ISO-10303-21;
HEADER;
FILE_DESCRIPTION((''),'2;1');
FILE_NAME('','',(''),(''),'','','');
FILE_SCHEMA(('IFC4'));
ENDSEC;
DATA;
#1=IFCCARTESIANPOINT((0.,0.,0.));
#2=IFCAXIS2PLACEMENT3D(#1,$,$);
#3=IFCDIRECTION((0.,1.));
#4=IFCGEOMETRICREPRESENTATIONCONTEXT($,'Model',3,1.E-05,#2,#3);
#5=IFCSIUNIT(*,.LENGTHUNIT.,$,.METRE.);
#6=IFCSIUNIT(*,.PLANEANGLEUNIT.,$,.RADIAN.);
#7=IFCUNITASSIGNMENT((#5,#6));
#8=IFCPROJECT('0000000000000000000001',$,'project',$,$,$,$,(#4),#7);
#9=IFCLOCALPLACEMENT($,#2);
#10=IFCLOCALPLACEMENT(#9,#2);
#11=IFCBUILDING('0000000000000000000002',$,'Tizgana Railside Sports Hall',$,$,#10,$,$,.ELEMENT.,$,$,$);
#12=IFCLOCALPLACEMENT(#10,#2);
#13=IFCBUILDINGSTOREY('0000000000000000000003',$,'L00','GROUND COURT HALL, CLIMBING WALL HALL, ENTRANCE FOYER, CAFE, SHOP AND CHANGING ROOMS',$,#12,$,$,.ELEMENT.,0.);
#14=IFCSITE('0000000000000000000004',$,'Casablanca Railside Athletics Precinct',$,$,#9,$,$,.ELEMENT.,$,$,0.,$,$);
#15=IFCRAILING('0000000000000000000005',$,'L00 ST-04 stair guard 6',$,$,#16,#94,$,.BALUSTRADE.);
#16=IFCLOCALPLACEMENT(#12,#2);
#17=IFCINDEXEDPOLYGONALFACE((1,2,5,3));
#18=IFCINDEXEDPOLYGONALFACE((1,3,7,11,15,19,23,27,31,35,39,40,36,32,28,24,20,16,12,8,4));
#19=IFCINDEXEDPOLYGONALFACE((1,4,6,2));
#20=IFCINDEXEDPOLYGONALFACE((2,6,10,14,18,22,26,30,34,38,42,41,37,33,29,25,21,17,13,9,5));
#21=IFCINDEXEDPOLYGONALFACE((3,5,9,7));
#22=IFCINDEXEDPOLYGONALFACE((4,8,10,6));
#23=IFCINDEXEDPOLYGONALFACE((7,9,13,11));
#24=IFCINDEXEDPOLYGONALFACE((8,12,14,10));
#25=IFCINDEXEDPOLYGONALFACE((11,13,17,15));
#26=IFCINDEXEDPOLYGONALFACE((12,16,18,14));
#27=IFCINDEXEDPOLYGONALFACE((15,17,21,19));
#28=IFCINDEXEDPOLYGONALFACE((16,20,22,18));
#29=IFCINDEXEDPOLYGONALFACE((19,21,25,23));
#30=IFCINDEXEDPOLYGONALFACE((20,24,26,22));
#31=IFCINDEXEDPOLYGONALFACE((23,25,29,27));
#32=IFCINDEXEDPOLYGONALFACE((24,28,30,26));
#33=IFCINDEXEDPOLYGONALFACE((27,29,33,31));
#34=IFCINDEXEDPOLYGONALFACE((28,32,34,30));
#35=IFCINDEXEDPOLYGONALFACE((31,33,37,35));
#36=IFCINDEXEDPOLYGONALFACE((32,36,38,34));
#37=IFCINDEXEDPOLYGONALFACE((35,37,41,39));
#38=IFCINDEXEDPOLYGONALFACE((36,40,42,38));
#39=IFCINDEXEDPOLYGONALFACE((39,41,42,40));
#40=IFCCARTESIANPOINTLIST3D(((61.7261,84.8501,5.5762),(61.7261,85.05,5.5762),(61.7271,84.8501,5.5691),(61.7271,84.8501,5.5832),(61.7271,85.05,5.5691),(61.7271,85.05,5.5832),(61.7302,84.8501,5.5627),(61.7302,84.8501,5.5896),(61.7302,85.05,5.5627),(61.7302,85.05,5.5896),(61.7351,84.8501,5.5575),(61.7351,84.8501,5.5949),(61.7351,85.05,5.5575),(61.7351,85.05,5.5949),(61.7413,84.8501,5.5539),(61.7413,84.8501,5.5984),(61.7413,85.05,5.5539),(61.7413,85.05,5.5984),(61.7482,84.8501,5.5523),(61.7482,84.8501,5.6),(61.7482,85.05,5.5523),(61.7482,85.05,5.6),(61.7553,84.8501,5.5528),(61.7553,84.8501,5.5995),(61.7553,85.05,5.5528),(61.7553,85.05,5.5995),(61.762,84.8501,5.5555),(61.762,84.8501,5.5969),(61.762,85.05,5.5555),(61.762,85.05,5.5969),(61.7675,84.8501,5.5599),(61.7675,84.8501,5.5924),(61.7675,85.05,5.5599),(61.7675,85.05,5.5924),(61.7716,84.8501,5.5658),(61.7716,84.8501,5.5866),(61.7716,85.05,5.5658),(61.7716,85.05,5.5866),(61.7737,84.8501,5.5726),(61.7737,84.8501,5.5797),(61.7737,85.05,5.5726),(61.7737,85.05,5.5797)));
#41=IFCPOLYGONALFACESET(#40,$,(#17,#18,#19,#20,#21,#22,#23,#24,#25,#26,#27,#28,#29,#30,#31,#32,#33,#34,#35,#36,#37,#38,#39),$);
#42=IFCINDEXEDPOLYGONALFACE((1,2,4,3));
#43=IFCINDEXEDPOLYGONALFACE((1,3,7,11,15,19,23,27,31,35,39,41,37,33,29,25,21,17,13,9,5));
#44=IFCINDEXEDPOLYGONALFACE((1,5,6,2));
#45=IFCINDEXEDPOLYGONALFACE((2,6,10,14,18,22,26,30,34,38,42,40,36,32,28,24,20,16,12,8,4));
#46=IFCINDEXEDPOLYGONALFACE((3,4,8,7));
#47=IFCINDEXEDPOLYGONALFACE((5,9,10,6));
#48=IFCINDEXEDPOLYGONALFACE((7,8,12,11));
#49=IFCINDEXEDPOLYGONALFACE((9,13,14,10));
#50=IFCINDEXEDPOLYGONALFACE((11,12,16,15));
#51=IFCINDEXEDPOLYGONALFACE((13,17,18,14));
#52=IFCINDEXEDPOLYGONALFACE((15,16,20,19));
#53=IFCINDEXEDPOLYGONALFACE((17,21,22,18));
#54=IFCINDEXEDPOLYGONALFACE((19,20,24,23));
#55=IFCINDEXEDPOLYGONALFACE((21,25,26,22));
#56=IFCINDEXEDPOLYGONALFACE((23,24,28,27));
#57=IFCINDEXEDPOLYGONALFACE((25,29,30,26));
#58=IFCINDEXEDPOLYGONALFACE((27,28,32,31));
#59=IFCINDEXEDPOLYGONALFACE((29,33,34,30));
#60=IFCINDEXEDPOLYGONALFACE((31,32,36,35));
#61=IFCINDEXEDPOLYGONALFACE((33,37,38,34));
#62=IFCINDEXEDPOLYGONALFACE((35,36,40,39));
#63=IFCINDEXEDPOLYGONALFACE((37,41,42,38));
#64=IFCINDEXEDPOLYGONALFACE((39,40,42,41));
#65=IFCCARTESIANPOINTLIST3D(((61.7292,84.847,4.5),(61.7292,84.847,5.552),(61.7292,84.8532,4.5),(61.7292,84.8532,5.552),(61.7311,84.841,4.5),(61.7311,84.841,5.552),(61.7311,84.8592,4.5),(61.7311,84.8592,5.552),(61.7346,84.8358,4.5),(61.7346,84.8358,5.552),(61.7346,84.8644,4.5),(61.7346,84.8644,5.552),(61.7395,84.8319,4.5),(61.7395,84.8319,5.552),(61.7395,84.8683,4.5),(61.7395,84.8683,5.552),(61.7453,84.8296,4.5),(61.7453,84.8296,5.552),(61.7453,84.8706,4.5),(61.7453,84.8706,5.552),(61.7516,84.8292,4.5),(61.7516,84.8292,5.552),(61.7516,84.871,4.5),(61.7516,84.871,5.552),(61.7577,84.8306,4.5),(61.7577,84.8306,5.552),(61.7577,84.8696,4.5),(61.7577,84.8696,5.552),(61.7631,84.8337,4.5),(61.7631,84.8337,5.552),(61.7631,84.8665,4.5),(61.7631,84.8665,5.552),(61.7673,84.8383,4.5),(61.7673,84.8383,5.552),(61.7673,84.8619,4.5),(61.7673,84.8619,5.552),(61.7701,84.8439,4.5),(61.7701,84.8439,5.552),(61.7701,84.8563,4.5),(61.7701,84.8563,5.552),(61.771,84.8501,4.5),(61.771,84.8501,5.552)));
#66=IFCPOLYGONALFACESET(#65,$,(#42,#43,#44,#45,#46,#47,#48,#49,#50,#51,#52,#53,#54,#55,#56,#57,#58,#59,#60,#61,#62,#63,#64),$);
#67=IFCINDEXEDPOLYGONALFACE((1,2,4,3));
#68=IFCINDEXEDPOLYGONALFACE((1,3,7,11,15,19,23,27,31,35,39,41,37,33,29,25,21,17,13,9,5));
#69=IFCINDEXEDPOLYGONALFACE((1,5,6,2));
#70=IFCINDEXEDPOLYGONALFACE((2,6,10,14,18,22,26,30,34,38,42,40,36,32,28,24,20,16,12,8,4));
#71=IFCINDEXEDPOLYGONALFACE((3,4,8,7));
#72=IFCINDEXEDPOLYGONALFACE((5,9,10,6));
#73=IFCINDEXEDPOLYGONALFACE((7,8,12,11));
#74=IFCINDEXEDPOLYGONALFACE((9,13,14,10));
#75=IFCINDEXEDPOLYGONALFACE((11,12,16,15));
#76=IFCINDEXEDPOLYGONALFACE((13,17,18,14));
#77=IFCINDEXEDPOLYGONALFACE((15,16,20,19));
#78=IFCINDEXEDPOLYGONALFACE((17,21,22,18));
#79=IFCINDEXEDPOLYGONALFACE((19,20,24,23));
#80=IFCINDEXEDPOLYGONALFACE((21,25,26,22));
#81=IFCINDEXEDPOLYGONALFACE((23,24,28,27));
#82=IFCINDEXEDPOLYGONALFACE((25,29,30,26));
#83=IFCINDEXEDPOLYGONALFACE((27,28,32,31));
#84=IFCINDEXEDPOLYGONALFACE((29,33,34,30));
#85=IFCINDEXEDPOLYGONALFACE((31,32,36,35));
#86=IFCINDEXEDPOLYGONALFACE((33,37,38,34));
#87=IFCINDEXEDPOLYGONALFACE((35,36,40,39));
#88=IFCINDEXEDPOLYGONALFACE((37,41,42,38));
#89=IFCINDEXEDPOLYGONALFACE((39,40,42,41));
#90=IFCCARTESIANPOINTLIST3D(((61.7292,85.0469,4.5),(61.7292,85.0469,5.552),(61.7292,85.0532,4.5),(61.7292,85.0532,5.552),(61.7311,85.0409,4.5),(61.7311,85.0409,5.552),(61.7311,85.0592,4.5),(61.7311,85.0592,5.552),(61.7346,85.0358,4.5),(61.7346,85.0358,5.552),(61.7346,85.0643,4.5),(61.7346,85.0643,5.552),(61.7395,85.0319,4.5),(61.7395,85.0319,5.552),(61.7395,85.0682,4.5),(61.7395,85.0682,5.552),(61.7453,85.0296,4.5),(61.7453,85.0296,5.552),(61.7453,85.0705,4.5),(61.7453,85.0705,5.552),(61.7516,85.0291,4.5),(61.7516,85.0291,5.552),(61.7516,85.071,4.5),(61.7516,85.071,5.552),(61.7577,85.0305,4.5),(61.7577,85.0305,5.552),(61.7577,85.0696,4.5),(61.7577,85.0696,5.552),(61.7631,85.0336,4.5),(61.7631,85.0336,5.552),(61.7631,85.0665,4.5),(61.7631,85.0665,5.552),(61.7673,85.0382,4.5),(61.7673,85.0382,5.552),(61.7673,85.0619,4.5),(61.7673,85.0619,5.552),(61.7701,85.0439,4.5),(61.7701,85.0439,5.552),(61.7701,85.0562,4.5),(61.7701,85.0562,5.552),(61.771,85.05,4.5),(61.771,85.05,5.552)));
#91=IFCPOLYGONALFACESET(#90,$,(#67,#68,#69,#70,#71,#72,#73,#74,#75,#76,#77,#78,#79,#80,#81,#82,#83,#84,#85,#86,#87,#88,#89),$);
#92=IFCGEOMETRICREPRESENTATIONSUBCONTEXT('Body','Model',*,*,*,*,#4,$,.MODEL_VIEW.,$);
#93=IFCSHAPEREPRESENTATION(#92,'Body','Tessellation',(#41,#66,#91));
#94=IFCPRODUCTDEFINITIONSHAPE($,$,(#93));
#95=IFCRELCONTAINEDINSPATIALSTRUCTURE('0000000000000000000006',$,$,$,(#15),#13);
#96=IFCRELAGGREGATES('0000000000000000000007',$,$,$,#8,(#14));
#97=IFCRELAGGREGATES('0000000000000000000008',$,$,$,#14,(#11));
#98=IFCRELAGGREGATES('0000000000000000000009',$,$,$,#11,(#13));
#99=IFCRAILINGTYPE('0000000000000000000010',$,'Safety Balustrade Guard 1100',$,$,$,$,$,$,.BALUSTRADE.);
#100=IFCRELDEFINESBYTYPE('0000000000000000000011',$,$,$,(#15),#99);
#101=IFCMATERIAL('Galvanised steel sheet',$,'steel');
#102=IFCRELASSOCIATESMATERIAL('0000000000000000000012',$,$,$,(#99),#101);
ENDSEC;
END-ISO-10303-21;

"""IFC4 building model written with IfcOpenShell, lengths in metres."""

from ifc_helpers import new_model, si_unit, direction, frame, origin, origin_2d, place, context, subcontext, project, spatial, circle, extrude, material, type_object, element, save


model = new_model("IFC4")

# Units and contexts
model_context = context("Model", 3, precision=1e-05, world=origin(), true_north=direction((0.0, 1.0)))
body_context = subcontext(model_context, "Body", "Model", "MODEL_VIEW")
ifc_project = project(units=[si_unit("LENGTHUNIT", "METRE"), si_unit("PLANEANGLEUNIT", "RADIAN")], contexts=[model_context])

# Site, building, storey
site_placement = place(None, origin())
site = spatial("IfcSite", under=ifc_project, at=site_placement, Name="Casablanca Railside Athletics Precinct", CompositionType="ELEMENT", RefElevation=0.0)
building_placement = place(site_placement, origin())
building = spatial("IfcBuilding", under=site, at=building_placement, Name="Tizgana Railside Sports Hall", CompositionType="ELEMENT")
storey_placement = place(building_placement, origin())
storey = spatial("IfcBuildingStorey", under=building, at=storey_placement, Name="L00", Description="GROUND COURT HALL, CLIMBING WALL HALL, ENTRANCE FOYER, CAFE, SHOP AND CHANGING ROOMS", CompositionType="ELEMENT", Elevation=0.0)

# Shared definitions
ifc_material_1 = material(Name="Galvanised steel sheet", Category="steel")

# Railing
railing_type_1 = type_object("IfcRailingType", Name="Safety Balustrade Guard 1100", PredefinedType="BALUSTRADE", material=ifc_material_1)
railing_1_placement = place(storey_placement, frame((61.75, 84.8501, 4.5)))
element("IfcRailing", 1, at=railing_1_placement, inside=storey, type_object=railing_type_1, Name="L00 ST-04 stair guard 6", PredefinedType="BALUSTRADE", context=body_context, shape_type="SweptSolid", body=[
    extrude(circle(Radius=0.0239, at=origin_2d()), frame((0.0, 0.0, 1.0762), z_axis=(0.0, 1.0, 0.0), x_axis=(-1.0, 0.0, 0.0)), (0.0, 0.0, 1.0), 0.2),
    extrude(circle(Radius=0.021, at=origin_2d()), origin(), (0.0, 0.0, 1.0), 1.052),
    extrude(circle(Radius=0.021, at=origin_2d()), frame((0.0, 0.2, 0.0)), (0.0, 0.0, 1.0), 1.052),
])

save(model, "model.ifc")
